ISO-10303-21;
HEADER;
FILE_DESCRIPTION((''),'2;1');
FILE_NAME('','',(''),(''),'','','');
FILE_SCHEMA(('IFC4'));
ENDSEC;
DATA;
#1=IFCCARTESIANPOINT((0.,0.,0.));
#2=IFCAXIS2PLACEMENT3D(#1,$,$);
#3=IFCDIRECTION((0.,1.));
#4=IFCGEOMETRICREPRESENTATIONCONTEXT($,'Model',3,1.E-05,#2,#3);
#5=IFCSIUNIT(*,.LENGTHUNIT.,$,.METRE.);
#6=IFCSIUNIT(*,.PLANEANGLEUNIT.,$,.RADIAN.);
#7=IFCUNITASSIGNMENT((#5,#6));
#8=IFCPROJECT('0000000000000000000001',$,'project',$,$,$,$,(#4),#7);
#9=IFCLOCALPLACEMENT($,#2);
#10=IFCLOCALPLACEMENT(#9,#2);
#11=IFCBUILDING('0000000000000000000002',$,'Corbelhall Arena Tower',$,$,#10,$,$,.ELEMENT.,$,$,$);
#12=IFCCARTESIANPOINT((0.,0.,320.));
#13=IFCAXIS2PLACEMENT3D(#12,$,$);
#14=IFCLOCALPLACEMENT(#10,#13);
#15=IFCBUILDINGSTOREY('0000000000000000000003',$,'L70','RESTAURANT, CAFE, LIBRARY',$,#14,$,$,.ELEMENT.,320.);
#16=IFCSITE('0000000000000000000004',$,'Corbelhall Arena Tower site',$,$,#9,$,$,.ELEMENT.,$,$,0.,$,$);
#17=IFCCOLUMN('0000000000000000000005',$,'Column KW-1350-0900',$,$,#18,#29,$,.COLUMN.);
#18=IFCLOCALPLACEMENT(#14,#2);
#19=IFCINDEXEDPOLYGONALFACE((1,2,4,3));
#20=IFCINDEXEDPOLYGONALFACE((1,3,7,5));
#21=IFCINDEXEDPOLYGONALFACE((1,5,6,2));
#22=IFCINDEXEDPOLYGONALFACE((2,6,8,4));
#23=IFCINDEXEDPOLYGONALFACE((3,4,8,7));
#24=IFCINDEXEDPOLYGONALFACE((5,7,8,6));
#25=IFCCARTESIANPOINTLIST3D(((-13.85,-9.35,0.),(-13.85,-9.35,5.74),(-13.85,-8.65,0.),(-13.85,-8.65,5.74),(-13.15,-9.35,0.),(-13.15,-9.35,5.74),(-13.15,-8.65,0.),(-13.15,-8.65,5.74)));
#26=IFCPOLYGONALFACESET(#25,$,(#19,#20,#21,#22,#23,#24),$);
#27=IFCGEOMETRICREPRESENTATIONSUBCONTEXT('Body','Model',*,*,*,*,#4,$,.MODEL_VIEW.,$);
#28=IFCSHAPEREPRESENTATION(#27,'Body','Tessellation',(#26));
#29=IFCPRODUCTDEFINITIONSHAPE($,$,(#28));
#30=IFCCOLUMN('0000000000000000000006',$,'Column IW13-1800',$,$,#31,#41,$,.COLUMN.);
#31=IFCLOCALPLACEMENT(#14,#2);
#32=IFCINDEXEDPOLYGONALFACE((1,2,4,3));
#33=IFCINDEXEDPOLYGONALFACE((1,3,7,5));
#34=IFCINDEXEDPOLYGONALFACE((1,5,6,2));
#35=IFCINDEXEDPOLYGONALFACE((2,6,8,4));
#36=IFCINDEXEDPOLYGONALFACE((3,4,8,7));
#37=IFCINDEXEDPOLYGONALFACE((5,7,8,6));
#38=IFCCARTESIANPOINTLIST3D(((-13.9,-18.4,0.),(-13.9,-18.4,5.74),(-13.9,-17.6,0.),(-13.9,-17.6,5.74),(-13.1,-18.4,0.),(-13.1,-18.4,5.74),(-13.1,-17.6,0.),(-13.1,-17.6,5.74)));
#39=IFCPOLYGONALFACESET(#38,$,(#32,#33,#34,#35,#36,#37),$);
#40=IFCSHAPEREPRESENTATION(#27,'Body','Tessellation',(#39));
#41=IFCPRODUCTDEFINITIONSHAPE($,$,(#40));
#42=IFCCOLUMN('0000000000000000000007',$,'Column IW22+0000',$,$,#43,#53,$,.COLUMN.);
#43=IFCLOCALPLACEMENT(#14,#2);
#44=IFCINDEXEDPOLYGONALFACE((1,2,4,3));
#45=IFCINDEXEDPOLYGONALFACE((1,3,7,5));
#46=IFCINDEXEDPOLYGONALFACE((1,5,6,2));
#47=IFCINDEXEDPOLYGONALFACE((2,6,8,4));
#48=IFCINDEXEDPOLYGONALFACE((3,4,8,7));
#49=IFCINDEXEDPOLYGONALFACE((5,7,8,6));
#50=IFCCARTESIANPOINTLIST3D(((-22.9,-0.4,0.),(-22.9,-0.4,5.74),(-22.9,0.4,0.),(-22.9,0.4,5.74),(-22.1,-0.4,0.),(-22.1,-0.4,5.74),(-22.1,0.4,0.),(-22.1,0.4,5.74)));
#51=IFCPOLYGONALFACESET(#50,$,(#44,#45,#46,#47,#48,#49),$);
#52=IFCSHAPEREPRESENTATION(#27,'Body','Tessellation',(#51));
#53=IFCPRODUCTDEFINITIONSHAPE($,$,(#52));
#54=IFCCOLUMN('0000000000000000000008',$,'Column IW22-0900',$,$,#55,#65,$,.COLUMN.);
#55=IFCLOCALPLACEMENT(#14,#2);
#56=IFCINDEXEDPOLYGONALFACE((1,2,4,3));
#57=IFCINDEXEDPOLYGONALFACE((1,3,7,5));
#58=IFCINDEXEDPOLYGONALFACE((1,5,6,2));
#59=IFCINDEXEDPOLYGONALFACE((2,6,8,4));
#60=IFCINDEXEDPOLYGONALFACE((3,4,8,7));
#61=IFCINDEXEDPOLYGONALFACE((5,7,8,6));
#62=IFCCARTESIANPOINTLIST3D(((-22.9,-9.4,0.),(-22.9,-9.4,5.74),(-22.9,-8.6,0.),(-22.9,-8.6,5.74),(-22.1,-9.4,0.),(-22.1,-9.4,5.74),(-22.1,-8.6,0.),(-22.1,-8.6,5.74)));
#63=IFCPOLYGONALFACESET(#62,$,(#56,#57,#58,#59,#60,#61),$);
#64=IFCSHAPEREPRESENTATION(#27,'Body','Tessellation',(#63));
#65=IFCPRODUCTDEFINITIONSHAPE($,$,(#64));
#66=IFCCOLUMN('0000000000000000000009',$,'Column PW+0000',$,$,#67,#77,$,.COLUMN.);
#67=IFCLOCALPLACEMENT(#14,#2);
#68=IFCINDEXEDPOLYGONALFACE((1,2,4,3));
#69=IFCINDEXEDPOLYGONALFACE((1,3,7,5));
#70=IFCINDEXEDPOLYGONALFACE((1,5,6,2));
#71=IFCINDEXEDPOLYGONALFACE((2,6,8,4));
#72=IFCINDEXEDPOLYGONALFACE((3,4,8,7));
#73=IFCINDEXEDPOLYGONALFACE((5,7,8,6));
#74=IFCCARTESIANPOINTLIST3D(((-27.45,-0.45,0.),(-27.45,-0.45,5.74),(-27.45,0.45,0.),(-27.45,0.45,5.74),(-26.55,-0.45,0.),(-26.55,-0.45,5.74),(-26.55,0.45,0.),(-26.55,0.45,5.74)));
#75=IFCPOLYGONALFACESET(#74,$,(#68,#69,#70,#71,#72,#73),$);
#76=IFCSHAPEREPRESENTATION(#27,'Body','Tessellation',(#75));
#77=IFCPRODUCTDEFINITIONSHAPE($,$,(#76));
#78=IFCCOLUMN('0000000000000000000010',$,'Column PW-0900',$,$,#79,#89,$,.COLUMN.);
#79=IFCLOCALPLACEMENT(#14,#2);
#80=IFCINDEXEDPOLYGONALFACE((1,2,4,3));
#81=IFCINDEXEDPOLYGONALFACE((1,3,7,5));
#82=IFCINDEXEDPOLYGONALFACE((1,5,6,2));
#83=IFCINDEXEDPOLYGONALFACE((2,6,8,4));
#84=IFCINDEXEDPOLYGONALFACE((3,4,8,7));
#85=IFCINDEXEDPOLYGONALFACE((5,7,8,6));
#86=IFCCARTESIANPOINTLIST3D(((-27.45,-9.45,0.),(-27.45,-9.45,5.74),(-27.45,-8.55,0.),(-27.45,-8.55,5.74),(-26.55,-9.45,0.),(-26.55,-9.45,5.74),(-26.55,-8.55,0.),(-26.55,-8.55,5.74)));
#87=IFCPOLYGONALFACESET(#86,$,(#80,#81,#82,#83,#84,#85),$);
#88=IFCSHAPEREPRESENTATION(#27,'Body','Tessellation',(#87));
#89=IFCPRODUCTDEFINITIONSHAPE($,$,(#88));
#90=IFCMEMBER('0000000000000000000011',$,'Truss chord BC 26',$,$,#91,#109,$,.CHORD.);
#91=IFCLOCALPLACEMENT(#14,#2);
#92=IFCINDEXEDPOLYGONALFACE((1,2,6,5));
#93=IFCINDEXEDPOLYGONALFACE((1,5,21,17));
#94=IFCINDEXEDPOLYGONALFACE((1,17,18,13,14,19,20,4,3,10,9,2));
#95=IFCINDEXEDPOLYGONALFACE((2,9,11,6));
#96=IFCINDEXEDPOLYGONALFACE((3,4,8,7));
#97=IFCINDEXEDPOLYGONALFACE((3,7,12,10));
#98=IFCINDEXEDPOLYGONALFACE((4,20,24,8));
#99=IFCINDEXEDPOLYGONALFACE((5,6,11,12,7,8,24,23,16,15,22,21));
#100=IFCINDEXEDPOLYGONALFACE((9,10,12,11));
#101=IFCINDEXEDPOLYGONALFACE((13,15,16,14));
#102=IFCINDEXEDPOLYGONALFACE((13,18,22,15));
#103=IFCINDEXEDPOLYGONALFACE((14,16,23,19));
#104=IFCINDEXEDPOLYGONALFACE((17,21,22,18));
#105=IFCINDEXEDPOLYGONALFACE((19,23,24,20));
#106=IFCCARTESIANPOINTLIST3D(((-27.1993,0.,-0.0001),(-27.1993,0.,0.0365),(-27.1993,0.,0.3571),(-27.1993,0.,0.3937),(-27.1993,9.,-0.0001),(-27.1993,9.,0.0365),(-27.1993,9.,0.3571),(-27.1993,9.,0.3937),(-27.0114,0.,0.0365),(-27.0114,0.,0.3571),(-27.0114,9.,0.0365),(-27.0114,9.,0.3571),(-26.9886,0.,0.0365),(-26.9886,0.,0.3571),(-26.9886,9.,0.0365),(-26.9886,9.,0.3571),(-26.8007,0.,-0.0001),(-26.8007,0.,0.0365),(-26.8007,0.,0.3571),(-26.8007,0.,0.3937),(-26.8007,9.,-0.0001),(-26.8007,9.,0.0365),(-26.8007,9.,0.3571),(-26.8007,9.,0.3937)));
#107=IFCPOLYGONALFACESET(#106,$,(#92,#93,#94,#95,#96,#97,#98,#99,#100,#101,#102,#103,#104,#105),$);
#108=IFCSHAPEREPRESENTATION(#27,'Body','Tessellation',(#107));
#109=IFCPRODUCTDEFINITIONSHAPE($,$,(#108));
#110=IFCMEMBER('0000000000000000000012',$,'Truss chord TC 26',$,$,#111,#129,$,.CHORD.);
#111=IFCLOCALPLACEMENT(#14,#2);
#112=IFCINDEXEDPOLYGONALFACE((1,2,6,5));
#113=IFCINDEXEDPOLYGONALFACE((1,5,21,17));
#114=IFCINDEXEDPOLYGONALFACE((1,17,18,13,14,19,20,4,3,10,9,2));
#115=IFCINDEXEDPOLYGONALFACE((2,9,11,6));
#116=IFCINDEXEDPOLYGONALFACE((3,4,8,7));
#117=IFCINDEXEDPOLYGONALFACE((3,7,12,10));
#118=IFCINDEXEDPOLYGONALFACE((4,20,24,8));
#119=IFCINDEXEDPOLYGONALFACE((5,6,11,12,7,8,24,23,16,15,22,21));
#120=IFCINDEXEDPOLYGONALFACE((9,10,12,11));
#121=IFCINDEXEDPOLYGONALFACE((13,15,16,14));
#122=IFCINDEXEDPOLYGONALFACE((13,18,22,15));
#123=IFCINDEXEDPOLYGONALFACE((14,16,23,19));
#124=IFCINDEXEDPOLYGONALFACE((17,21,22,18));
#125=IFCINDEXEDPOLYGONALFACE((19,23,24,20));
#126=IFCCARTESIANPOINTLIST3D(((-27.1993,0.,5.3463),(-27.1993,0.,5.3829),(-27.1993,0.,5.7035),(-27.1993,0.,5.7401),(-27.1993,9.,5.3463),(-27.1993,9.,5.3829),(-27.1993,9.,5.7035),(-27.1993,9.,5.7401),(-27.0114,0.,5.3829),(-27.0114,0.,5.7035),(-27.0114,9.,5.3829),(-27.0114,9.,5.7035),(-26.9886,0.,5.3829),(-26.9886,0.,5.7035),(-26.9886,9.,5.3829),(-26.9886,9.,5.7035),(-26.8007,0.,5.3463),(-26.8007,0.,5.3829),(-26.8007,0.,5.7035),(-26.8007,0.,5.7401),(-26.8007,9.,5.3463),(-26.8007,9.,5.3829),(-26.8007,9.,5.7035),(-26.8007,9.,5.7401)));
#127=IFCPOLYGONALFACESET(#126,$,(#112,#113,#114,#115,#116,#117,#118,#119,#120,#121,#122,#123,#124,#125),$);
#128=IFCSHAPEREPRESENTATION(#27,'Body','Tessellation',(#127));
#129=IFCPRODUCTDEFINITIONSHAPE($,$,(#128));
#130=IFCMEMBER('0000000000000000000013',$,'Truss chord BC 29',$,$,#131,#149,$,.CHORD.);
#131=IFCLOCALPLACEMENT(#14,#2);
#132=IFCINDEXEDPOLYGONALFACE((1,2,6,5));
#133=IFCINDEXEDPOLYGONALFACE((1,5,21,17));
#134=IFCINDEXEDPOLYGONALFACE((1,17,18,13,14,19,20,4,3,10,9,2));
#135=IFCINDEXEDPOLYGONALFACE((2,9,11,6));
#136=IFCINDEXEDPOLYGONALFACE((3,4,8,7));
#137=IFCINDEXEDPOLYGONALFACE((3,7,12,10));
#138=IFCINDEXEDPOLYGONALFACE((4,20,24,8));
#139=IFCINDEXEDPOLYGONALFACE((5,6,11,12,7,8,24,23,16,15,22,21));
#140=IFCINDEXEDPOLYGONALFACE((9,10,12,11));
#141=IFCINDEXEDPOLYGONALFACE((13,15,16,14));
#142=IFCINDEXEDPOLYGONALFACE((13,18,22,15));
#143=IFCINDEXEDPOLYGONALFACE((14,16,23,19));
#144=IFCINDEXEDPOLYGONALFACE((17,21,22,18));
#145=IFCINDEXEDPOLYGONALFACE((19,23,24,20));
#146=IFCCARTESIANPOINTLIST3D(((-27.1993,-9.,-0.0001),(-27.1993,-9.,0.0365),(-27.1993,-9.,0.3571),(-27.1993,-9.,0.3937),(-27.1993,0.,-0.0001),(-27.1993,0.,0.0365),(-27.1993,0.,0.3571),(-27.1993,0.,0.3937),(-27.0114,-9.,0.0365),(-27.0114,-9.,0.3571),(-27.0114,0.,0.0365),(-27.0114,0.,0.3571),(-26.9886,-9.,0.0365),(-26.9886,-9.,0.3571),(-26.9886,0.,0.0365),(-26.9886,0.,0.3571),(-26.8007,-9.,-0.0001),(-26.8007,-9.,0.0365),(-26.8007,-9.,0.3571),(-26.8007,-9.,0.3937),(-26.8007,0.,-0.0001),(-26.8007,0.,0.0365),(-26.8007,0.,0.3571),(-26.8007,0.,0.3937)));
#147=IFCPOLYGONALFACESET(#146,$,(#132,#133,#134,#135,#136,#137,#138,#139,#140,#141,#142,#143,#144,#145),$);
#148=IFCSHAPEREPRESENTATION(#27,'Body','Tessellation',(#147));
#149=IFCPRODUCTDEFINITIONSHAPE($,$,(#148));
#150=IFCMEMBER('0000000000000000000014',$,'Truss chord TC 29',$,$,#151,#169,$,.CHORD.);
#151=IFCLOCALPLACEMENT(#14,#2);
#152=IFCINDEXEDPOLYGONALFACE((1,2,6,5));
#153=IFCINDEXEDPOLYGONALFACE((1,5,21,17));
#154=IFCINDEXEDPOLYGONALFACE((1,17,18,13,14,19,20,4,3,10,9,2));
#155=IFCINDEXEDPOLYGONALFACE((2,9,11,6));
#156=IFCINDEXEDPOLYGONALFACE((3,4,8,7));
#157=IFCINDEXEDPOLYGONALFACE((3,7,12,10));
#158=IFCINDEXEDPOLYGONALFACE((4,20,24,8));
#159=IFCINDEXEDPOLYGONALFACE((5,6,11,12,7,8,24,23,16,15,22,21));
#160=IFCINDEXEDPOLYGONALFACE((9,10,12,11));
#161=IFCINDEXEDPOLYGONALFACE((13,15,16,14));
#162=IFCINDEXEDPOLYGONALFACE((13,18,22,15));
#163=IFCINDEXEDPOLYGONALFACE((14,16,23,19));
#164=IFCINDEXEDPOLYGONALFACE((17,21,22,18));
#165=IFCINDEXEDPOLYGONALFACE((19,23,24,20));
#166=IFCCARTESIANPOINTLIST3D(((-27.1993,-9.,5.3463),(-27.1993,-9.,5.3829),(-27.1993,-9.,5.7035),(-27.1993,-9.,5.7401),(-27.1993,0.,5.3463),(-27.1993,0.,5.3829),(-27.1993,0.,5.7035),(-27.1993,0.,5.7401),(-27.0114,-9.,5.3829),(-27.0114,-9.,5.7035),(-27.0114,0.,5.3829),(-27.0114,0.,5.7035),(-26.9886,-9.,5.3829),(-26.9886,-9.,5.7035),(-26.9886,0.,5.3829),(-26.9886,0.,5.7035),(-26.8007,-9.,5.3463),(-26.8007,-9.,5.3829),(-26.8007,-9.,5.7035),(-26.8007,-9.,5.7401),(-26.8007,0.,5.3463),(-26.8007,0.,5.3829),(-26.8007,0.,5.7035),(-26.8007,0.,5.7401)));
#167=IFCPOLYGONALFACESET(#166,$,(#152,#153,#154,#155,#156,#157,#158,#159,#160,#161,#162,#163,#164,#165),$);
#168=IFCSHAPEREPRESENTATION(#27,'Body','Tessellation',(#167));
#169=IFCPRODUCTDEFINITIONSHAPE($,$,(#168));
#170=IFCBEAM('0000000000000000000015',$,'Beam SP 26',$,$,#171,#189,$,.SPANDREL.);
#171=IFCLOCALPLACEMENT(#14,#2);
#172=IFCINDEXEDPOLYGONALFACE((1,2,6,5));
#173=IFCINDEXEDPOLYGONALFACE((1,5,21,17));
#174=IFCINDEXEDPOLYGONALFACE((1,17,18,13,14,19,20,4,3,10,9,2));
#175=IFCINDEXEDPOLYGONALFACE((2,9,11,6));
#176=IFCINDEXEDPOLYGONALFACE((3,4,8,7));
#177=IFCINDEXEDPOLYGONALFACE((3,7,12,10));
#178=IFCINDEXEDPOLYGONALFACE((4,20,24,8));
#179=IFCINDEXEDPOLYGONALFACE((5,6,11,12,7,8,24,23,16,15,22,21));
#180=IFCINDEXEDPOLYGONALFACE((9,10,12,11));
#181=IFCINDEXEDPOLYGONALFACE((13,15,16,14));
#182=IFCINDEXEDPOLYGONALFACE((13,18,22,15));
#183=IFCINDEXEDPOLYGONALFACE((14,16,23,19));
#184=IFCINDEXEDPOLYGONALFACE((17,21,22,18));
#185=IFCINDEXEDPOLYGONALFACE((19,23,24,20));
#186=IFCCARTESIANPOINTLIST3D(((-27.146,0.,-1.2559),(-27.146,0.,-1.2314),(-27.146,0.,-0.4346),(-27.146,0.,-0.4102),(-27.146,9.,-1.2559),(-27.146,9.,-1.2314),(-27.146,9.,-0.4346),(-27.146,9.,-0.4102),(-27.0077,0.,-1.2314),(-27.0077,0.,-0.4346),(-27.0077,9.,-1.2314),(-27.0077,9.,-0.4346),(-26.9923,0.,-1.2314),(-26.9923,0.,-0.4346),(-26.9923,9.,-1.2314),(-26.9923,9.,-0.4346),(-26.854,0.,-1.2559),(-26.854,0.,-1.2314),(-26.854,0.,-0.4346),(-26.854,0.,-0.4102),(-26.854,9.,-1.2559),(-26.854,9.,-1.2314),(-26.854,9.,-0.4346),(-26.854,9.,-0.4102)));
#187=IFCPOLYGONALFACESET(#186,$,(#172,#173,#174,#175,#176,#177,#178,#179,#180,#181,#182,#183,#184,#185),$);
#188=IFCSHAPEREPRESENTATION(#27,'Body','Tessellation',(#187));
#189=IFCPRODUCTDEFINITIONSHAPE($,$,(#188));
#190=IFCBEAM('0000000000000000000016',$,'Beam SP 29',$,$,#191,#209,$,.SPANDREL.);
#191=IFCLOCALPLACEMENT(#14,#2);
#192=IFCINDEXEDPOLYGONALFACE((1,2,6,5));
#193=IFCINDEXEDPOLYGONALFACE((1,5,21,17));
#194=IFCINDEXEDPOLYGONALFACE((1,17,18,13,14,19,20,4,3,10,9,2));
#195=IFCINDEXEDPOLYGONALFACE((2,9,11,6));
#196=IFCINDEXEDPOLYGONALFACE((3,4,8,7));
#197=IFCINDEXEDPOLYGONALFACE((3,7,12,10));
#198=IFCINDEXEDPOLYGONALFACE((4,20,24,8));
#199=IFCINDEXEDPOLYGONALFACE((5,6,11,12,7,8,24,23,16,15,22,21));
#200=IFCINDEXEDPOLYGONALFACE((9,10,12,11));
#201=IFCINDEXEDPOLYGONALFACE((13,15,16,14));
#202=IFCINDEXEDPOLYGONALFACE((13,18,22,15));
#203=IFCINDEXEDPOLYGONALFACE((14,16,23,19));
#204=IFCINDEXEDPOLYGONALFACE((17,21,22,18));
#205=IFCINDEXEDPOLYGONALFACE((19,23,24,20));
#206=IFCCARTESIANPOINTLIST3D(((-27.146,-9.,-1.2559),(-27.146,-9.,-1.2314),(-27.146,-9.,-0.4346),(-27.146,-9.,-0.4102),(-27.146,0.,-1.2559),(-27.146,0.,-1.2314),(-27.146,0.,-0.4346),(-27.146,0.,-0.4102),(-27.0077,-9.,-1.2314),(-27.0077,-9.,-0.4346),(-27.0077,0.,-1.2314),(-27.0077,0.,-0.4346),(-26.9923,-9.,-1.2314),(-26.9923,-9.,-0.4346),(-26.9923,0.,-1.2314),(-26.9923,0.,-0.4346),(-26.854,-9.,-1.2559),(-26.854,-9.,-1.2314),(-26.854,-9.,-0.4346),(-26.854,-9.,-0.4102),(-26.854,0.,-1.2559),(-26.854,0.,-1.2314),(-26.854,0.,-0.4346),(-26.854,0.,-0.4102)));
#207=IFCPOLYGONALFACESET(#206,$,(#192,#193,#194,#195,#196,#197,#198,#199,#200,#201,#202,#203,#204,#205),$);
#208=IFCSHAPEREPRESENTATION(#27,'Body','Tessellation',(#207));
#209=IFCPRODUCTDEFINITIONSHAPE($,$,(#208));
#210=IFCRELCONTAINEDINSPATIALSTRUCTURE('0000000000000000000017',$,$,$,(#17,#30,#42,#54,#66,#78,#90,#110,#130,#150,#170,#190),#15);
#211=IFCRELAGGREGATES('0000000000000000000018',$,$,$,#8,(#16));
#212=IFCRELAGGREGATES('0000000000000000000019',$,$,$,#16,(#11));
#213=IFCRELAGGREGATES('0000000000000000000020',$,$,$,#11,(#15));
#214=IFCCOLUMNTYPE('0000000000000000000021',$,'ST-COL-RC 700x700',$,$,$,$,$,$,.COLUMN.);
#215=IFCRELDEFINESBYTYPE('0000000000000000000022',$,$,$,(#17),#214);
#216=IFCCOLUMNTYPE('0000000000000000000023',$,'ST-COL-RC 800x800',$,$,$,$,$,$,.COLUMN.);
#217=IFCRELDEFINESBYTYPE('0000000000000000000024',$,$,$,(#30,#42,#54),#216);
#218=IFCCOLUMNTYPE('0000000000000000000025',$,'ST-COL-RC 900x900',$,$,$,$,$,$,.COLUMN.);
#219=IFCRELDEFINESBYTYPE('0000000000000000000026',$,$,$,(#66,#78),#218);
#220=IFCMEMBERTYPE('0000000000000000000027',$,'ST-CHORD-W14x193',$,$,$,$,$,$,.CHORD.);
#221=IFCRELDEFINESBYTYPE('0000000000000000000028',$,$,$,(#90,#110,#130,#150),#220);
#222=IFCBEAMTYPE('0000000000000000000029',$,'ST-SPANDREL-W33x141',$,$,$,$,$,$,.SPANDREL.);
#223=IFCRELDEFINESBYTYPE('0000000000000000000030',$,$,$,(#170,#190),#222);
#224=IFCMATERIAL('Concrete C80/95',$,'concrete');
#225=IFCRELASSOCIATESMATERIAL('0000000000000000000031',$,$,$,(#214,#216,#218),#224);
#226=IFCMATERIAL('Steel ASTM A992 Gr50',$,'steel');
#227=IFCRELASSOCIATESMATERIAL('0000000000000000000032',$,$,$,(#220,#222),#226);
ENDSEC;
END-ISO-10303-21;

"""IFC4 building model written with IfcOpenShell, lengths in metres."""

from ifc_helpers import new_model, si_unit, direction, frame, origin, origin_2d, place, context, subcontext, project, spatial, rectangle, i_section, extrude, material, material_profile, profile_set, type_object, element, save


model = new_model("IFC4")

# Units and contexts
model_context = context("Model", 3, precision=1e-05, world=origin(), true_north=direction((0.0, 1.0)))
body_context = subcontext(model_context, "Body", "Model", "MODEL_VIEW")
ifc_project = project(units=[si_unit("LENGTHUNIT", "METRE"), si_unit("PLANEANGLEUNIT", "RADIAN")], contexts=[model_context])

# Site, building, storey
site_placement = place(None, origin())
site = spatial("IfcSite", under=ifc_project, at=site_placement, Name="Corbelhall Arena Tower site", CompositionType="ELEMENT", RefElevation=0.0)
building_placement = place(site_placement, origin())
building = spatial("IfcBuilding", under=site, at=building_placement, Name="Corbelhall Arena Tower", CompositionType="ELEMENT")
storey_placement = place(building_placement, frame((0.0, 0.0, 320.0)))
storey = spatial("IfcBuildingStorey", under=building, at=storey_placement, Name="L70", Description="RESTAURANT, CAFE, LIBRARY", CompositionType="ELEMENT", Elevation=320.0)

# Columns
ifc_material_1 = material(Name="Concrete C80/95", Category="concrete")
ifc_material_profile_1 = material_profile(ifc_material_1, rectangle(XDim=0.7, YDim=0.7, at=origin_2d()))
ifc_profile_set_1 = profile_set([ifc_material_profile_1], Name="Concrete C80/95")
column_type_1 = type_object("IfcColumnType", Name="ST-COL-RC 700x700", PredefinedType="COLUMN", material=ifc_profile_set_1)
column_placement = place(storey_placement, frame((-13.5, -9.0, 0.0), z_axis=(0.0, 0.0, 1.0), x_axis=(1.0, 0.0, 0.0)))
element("IfcColumn", 1, at=column_placement, inside=storey, type_object=column_type_1, Name="Column KW-1350-0900", PredefinedType="COLUMN", context=body_context, shape_type="SweptSolid", body=[
    extrude(rectangle(XDim=0.7, YDim=0.7, at=origin_2d()), origin(), (0.0, 0.0, 1.0), 5.74),
])
ifc_material_profile_2 = material_profile(ifc_material_1, rectangle(XDim=0.8, YDim=0.8, at=origin_2d()))
ifc_profile_set_2 = profile_set([ifc_material_profile_2], Name="Concrete C80/95")
column_type_2 = type_object("IfcColumnType", Name="ST-COL-RC 800x800", PredefinedType="COLUMN", material=ifc_profile_set_2)
for number, where, z_axis, x_axis, name in (
    (2, (-13.5, -18.0, 0.0), (0.0, 0.0, 1.0), (1.0, 0.0, 0.0), "Column IW13-1800"),
    (3, (-22.5, 0.0, 0.0), (0.0, 0.0, 1.0), (1.0, 0.0, 0.0), "Column IW22+0000"),
    (4, (-22.5, -9.0, 0.0), (0.0, 0.0, 1.0), (1.0, 0.0, 0.0), "Column IW22-0900"),
):
    element("IfcColumn", number, at=place(storey_placement, frame(where, z_axis=z_axis, x_axis=x_axis)), inside=storey, type_object=column_type_2, Name=name, PredefinedType="COLUMN", context=body_context, shape_type="SweptSolid", body=[
        extrude(rectangle(XDim=0.8, YDim=0.8, at=origin_2d()), origin(), (0.0, 0.0, 1.0), 5.74),
    ])
ifc_material_profile_3 = material_profile(ifc_material_1, rectangle(XDim=0.8999, YDim=0.8999, at=origin_2d()))
ifc_profile_set_3 = profile_set([ifc_material_profile_3], Name="Concrete C80/95")
column_type_3 = type_object("IfcColumnType", Name="ST-COL-RC 900x900", PredefinedType="COLUMN", material=ifc_profile_set_3)
for number, where, z_axis, x_axis, name in (
    (5, (-27.0, 0.0, 0.0), (0.0, 0.0, 1.0), (0.0, 1.0, 0.0), "Column PW+0000"),
    (6, (-27.0, -9.0, 0.0), (0.0, 0.0, 1.0), (0.0, 1.0, 0.0), "Column PW-0900"),
):
    element("IfcColumn", number, at=place(storey_placement, frame(where, z_axis=z_axis, x_axis=x_axis)), inside=storey, type_object=column_type_3, Name=name, PredefinedType="COLUMN", context=body_context, shape_type="SweptSolid", body=[
        extrude(rectangle(XDim=0.8999, YDim=0.8999, at=origin_2d()), origin(), (0.0, 0.0, 1.0), 5.74),
    ])

# Members
ifc_material_2 = material(Name="Steel ASTM A992 Gr50", Category="steel")
ifc_material_profile_4 = material_profile(ifc_material_2, i_section(OverallWidth=0.3987, OverallDepth=0.3938, WebThickness=0.0227, FlangeThickness=0.0366, at=origin_2d()))
ifc_profile_set_4 = profile_set([ifc_material_profile_4], Name="Steel ASTM A992 Gr50")
member_type_1 = type_object("IfcMemberType", Name="ST-CHORD-W14x193", PredefinedType="CHORD", material=ifc_profile_set_4)
for number, where, z_axis, x_axis, name in (
    (7, (-27.0, 0.0, 0.1968), (0.0, 1.0, 0.0), (-1.0, 0.0, 0.0), "Truss chord BC 26"),
    (8, (-27.0, 0.0, 5.5432), (0.0, 1.0, 0.0), (-1.0, 0.0, 0.0), "Truss chord TC 26"),
    (9, (-27.0, -9.0, 0.1968), (0.0, 1.0, 0.0), (-1.0, 0.0, 0.0), "Truss chord BC 29"),
    (10, (-27.0, -9.0, 5.5432), (0.0, 1.0, 0.0), (-1.0, 0.0, 0.0), "Truss chord TC 29"),
):
    element("IfcMember", number, at=place(storey_placement, frame(where, z_axis=z_axis, x_axis=x_axis)), inside=storey, type_object=member_type_1, Name=name, PredefinedType="CHORD", context=body_context, shape_type="SweptSolid", body=[
        extrude(i_section(OverallWidth=0.3987, OverallDepth=0.3938, WebThickness=0.0227, FlangeThickness=0.0366, at=origin_2d()), origin(), (0.0, 0.0, 1.0), 9.0),
    ])

# Beams
ifc_material_profile_5 = material_profile(ifc_material_2, i_section(OverallWidth=0.292, OverallDepth=0.8457, WebThickness=0.0154, FlangeThickness=0.0244, at=origin_2d()))
ifc_profile_set_5 = profile_set([ifc_material_profile_5], Name="Steel ASTM A992 Gr50")
beam_type = type_object("IfcBeamType", Name="ST-SPANDREL-W33x141", PredefinedType="SPANDREL", material=ifc_profile_set_5)
for number, where, z_axis, x_axis, name in (
    (11, (-27.0, 0.0, -0.833), (0.0, 1.0, 0.0), (-1.0, 0.0, 0.0), "Beam SP 26"),
    (12, (-27.0, -9.0, -0.833), (0.0, 1.0, 0.0), (-1.0, 0.0, 0.0), "Beam SP 29"),
):
    element("IfcBeam", number, at=place(storey_placement, frame(where, z_axis=z_axis, x_axis=x_axis)), inside=storey, type_object=beam_type, Name=name, PredefinedType="SPANDREL", context=body_context, shape_type="SweptSolid", body=[
        extrude(i_section(OverallWidth=0.292, OverallDepth=0.8457, WebThickness=0.0154, FlangeThickness=0.0244, at=origin_2d()), origin(), (0.0, 0.0, 1.0), 9.0),
    ])

save(model, "model.ifc")
